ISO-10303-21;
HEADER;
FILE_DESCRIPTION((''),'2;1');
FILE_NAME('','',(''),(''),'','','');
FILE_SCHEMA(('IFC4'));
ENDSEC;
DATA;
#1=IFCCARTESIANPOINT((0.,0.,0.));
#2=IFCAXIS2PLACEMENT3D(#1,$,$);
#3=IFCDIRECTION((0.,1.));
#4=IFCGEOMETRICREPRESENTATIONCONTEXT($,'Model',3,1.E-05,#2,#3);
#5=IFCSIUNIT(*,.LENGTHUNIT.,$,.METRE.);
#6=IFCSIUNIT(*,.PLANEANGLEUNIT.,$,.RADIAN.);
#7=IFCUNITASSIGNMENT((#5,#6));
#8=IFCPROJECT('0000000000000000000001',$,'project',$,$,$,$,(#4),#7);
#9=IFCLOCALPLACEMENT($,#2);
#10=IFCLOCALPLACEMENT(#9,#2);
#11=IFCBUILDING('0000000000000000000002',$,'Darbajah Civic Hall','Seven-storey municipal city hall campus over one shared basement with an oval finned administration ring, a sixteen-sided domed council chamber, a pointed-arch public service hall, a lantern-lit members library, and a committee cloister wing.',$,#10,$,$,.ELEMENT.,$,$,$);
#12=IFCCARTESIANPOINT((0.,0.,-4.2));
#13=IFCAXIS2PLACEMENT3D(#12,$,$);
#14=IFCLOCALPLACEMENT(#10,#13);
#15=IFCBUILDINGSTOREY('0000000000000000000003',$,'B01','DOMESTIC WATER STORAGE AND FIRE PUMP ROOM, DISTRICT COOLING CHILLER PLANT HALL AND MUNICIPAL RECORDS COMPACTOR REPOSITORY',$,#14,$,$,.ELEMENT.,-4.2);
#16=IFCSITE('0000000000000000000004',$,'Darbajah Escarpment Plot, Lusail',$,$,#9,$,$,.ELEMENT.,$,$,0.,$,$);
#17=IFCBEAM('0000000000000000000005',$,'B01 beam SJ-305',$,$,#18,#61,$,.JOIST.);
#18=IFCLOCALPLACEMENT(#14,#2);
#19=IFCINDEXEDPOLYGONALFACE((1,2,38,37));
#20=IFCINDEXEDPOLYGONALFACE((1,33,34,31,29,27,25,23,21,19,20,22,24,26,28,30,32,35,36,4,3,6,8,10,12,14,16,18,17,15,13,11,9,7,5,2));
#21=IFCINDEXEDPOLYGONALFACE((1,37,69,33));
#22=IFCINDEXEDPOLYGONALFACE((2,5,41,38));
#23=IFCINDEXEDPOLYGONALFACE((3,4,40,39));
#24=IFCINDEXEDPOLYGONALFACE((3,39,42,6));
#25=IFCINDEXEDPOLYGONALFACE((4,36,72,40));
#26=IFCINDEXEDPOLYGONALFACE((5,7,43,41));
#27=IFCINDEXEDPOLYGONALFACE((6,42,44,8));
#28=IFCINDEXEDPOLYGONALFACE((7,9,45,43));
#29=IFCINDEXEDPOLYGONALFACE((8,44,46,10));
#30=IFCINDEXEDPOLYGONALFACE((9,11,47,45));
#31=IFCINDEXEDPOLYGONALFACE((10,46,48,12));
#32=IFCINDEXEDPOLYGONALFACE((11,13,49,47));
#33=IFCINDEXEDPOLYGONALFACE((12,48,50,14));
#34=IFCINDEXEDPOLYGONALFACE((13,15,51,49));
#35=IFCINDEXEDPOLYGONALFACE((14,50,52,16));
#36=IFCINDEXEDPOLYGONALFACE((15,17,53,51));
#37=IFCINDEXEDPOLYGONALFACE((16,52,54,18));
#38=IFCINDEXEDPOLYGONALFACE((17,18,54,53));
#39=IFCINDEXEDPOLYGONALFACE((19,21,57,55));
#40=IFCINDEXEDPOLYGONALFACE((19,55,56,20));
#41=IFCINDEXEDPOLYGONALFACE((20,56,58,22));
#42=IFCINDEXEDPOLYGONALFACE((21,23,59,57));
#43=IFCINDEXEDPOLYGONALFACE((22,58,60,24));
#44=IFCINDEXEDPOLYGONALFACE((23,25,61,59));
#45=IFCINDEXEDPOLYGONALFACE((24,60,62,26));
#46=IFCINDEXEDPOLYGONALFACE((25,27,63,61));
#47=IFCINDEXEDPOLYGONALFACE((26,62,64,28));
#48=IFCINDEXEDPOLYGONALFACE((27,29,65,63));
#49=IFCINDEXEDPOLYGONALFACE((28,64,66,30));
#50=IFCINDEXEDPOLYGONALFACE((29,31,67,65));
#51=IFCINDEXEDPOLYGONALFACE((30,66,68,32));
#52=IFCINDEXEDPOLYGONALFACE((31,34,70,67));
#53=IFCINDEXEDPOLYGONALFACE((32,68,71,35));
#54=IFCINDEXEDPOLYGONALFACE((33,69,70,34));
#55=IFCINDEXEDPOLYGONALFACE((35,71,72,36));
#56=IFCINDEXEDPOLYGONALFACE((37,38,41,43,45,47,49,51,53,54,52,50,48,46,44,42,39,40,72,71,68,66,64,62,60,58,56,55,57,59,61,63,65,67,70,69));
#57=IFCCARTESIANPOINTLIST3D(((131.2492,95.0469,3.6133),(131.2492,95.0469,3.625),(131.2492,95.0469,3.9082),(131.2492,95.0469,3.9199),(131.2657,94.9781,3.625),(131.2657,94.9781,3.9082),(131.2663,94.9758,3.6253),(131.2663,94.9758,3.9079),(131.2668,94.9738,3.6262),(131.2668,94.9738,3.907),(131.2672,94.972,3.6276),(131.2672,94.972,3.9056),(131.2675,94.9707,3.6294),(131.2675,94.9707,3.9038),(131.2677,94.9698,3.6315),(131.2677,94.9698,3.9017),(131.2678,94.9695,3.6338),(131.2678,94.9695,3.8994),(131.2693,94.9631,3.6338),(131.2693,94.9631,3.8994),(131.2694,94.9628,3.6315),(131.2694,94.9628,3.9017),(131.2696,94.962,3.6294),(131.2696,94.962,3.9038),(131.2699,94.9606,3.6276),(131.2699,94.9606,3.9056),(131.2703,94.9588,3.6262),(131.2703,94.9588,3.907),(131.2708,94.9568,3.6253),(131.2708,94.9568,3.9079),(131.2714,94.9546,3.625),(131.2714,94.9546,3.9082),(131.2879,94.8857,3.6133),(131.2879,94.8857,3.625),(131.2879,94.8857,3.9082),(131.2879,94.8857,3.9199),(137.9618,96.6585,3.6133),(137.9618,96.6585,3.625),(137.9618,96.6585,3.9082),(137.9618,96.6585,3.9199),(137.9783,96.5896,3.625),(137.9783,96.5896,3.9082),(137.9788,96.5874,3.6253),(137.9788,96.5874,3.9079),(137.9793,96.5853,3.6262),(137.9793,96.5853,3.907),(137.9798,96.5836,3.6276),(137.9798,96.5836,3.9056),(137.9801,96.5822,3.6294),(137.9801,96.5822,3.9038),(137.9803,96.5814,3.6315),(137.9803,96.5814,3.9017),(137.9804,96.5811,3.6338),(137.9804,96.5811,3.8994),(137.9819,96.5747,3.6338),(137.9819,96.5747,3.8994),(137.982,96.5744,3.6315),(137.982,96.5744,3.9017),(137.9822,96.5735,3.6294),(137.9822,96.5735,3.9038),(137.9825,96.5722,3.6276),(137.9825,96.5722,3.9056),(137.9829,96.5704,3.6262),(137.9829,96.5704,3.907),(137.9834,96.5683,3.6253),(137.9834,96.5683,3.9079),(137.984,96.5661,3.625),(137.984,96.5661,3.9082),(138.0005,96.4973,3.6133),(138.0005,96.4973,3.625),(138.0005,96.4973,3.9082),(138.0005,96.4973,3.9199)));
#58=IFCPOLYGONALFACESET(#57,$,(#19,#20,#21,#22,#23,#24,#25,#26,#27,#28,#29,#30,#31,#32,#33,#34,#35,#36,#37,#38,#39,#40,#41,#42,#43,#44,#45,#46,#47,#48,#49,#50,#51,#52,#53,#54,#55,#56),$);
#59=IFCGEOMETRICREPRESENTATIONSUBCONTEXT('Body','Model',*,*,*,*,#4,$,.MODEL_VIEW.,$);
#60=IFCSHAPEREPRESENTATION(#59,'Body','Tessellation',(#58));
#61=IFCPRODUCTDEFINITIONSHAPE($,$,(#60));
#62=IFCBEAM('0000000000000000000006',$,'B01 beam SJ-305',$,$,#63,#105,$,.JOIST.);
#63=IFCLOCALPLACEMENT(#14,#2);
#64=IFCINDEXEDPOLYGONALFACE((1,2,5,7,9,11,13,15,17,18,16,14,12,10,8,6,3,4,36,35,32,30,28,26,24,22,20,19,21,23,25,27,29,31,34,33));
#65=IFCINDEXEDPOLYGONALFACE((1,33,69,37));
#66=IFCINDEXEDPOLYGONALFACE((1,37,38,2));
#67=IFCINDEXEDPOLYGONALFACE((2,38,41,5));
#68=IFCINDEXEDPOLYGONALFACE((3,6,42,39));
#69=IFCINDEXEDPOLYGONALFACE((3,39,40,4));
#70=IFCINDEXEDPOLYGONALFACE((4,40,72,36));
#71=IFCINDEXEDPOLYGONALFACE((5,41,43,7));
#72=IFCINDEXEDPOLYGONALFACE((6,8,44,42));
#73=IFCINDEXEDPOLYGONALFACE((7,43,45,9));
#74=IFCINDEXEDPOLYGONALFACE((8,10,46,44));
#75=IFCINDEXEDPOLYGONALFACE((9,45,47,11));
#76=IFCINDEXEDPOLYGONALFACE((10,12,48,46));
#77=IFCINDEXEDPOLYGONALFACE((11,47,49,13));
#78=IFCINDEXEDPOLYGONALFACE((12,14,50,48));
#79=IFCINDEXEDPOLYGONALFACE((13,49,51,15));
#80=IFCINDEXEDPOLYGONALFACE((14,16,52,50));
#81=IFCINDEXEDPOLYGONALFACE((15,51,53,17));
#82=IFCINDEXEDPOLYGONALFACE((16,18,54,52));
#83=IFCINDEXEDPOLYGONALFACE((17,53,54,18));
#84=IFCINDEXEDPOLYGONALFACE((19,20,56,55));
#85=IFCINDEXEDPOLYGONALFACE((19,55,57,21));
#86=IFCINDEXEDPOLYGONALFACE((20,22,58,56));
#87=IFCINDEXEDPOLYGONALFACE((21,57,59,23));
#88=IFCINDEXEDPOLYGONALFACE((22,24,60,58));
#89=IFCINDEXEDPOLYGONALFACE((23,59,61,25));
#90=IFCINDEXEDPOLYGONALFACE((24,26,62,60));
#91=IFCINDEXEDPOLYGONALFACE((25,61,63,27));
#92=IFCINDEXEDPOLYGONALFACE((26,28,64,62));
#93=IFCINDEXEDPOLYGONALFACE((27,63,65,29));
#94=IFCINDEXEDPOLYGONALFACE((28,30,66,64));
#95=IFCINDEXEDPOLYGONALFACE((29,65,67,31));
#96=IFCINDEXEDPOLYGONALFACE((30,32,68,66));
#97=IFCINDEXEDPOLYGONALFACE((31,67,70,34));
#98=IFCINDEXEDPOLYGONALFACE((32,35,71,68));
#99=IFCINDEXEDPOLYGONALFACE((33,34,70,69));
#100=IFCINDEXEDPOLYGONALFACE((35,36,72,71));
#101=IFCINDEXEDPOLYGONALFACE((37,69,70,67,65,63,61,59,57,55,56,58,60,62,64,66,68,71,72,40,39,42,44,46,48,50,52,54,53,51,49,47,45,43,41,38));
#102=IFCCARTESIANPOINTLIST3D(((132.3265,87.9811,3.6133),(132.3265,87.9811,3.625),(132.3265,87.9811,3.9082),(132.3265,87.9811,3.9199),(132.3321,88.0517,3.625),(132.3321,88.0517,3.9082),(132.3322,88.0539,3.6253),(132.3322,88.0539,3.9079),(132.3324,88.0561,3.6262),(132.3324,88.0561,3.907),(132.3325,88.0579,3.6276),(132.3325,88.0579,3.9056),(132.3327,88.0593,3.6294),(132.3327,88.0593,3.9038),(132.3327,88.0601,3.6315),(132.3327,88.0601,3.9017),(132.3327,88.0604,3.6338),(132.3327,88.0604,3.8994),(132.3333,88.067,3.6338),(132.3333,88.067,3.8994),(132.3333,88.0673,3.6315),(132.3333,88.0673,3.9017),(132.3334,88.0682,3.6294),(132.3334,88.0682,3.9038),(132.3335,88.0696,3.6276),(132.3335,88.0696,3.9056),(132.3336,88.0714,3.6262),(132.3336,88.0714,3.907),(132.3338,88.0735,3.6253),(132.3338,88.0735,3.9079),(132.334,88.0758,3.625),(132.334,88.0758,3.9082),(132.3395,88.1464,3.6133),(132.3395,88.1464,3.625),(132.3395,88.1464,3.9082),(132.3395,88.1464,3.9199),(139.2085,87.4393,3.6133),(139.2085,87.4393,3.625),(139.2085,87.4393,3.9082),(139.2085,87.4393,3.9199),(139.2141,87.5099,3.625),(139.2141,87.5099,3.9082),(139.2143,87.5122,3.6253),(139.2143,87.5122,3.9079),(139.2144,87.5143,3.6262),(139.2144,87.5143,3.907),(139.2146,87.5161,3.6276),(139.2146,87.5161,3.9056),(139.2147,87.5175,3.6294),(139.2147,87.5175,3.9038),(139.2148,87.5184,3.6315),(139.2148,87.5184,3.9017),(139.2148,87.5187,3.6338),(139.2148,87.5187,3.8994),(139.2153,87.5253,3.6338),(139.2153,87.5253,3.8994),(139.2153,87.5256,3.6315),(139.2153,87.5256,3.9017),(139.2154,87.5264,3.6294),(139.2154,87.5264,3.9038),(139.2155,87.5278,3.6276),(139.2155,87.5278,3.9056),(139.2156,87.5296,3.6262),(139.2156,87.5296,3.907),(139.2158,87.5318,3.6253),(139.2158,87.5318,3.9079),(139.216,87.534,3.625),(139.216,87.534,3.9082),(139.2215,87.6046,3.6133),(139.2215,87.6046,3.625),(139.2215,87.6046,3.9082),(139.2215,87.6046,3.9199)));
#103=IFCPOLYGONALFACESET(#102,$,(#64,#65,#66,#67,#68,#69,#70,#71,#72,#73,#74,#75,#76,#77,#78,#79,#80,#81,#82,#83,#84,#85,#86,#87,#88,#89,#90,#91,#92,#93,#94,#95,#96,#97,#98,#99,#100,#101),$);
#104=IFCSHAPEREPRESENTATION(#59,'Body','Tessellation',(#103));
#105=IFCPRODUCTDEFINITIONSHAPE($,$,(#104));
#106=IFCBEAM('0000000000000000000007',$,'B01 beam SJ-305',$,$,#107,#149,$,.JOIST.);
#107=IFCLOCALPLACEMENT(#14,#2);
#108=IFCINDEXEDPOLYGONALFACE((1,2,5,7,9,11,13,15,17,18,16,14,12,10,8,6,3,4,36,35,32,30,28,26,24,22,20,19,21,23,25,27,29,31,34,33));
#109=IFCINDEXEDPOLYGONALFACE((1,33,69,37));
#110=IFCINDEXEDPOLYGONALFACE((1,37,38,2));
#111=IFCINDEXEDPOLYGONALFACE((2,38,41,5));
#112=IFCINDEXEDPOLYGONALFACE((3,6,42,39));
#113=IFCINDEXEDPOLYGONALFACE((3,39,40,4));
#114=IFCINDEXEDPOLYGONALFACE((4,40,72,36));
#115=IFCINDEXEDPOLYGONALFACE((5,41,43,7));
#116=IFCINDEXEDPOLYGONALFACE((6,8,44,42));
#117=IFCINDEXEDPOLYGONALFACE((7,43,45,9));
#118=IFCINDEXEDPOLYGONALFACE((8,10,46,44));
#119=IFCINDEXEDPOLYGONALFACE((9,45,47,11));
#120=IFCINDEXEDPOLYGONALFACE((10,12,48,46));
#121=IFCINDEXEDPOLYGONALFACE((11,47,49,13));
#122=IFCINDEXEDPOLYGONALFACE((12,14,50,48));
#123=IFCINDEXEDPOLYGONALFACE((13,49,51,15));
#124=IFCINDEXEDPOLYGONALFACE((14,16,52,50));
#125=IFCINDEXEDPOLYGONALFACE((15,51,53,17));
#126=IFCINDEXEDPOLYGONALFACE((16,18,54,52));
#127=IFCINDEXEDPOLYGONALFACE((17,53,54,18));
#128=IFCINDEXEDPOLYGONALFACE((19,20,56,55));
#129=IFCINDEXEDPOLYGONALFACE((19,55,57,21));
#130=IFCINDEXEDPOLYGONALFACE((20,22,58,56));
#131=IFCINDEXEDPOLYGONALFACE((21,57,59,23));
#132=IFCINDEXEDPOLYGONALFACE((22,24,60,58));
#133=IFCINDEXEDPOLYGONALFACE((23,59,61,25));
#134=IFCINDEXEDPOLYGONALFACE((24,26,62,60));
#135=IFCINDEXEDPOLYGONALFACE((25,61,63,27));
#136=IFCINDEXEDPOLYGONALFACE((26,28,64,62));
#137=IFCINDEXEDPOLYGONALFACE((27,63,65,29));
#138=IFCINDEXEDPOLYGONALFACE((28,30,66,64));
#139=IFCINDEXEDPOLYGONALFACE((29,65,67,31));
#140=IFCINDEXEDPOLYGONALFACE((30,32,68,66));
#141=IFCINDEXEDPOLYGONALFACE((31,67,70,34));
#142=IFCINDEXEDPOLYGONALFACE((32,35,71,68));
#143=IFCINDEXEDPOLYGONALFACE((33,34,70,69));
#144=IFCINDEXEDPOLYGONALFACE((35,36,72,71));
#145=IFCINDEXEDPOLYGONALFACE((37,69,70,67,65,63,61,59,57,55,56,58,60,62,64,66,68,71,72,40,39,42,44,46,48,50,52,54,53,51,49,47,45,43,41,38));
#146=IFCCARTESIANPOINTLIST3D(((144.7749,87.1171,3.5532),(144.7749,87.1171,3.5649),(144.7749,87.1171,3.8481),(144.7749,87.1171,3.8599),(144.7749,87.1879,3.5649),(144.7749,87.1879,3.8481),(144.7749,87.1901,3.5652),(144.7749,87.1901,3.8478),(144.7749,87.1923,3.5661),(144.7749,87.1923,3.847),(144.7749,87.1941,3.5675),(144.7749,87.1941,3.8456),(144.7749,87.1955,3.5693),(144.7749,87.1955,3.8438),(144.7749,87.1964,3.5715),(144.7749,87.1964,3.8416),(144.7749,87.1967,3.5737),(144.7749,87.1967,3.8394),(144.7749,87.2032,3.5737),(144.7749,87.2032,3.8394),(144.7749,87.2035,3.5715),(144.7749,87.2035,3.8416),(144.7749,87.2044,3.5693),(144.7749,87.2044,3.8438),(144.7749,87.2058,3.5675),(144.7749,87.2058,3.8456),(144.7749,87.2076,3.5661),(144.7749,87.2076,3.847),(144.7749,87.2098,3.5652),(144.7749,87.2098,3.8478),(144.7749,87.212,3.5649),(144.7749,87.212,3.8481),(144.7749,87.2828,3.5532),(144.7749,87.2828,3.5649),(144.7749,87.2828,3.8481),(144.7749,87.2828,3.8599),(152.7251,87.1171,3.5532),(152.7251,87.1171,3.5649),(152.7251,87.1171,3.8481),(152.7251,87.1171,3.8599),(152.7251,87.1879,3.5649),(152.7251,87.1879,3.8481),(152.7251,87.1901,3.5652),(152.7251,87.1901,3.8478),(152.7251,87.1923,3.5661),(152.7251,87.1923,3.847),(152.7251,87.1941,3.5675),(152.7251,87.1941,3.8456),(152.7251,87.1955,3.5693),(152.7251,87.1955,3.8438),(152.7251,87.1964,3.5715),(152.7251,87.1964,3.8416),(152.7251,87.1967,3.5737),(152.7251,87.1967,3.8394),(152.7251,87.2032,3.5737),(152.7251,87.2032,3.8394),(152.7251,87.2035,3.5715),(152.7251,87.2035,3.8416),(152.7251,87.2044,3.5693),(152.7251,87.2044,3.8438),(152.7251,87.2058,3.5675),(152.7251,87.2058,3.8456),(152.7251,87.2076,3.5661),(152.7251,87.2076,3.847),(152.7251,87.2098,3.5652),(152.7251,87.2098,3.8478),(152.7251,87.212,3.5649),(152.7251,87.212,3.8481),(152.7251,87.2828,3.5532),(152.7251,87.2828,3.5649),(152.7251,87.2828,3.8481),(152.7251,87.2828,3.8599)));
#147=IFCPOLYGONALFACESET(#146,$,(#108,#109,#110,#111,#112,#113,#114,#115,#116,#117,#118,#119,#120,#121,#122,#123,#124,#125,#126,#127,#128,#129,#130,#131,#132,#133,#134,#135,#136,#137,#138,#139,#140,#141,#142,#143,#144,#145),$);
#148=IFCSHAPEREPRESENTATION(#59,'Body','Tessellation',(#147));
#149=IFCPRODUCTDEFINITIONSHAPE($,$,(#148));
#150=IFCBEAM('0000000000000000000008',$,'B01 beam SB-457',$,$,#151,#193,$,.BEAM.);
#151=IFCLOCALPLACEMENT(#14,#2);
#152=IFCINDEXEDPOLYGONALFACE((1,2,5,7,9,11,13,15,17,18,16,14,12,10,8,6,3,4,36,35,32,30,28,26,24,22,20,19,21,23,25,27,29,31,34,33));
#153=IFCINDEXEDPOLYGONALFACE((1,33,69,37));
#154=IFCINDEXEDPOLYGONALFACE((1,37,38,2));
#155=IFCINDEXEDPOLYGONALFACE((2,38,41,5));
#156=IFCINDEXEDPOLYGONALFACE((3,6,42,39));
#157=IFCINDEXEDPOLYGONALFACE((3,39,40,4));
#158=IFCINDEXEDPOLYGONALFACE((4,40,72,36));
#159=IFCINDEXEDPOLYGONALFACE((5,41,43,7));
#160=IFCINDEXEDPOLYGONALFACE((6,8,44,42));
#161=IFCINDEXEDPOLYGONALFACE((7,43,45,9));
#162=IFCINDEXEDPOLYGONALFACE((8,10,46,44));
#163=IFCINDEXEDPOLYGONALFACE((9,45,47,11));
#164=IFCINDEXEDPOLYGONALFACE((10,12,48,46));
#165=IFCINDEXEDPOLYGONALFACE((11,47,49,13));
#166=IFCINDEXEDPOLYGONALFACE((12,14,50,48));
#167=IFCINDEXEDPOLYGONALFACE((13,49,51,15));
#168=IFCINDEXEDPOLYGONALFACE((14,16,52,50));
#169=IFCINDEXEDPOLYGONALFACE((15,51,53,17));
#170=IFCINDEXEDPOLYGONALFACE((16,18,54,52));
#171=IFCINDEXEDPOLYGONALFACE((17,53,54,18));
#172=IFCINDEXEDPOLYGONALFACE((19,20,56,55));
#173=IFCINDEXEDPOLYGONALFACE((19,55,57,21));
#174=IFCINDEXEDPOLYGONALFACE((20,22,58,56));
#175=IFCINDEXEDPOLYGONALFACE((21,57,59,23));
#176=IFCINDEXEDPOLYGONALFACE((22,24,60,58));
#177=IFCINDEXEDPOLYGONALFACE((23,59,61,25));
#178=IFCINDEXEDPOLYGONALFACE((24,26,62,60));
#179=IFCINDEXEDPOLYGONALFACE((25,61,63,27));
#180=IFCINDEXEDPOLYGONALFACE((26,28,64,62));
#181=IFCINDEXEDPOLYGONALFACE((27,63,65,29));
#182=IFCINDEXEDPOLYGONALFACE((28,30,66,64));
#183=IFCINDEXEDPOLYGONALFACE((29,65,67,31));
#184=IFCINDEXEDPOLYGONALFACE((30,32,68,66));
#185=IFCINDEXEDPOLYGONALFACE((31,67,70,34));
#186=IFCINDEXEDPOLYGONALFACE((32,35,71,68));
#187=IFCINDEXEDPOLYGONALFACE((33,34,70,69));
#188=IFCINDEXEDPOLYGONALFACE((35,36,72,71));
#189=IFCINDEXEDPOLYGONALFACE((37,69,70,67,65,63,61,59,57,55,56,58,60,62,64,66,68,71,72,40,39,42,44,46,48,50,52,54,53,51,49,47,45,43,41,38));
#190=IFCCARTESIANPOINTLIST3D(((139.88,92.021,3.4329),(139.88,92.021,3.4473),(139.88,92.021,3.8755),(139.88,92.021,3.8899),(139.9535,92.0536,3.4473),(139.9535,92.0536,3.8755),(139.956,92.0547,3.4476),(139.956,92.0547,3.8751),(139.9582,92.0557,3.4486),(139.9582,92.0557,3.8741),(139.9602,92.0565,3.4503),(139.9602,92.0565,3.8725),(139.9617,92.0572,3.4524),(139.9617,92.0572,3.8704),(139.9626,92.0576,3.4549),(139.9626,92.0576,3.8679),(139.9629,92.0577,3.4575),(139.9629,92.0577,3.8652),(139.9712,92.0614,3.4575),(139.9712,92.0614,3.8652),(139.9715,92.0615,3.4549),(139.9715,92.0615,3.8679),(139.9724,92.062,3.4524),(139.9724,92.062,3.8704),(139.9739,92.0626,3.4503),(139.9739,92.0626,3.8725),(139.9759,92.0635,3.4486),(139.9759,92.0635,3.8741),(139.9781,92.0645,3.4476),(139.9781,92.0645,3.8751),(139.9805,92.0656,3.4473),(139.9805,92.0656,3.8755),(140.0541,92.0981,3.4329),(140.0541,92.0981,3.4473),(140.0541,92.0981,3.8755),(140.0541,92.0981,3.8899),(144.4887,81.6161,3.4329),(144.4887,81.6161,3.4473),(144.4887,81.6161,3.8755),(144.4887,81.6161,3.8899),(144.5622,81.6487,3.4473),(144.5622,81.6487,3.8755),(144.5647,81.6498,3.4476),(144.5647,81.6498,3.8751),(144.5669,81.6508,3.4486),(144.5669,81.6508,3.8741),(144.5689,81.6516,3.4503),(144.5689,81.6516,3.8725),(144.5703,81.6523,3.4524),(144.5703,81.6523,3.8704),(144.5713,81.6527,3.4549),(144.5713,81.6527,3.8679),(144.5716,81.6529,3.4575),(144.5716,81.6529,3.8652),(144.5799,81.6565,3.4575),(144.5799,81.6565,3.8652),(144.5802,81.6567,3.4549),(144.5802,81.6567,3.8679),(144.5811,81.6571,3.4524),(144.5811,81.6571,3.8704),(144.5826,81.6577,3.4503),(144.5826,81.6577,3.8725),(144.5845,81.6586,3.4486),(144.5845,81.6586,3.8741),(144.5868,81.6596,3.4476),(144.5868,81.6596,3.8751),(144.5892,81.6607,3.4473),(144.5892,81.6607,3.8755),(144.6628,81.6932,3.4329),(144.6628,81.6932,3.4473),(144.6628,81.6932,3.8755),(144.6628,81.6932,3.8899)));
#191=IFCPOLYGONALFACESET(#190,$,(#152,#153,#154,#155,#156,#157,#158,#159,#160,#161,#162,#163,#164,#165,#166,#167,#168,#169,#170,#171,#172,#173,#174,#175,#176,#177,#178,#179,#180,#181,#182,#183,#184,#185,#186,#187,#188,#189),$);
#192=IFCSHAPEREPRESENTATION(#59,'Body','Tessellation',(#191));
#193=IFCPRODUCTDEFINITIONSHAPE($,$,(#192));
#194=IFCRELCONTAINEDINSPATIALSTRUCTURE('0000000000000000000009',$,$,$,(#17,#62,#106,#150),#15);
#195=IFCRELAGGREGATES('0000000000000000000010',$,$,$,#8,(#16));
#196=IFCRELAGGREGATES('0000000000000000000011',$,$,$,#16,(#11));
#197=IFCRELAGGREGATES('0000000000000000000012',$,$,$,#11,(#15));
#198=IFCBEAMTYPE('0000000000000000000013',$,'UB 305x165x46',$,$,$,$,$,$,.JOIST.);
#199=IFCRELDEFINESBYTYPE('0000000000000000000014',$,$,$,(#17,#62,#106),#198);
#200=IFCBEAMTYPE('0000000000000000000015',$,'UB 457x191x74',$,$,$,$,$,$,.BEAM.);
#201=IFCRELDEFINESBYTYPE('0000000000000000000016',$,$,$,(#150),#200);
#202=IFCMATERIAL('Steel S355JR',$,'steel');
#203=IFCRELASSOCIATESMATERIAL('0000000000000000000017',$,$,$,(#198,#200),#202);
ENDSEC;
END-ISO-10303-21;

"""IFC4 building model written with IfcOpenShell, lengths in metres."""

from ifc_helpers import new_model, si_unit, direction, frame, origin, origin_2d, place, context, subcontext, project, spatial, i_section, extrude, material, material_profile, profile_set, type_object, element, save


model = new_model("IFC4")

# Units and contexts
model_context = context("Model", 3, precision=1e-05, world=origin(), true_north=direction((0.0, 1.0)))
body_context = subcontext(model_context, "Body", "Model", "MODEL_VIEW")
ifc_project = project(units=[si_unit("LENGTHUNIT", "METRE"), si_unit("PLANEANGLEUNIT", "RADIAN")], contexts=[model_context])

# Site, building, storey
site_placement = place(None, origin())
site = spatial("IfcSite", under=ifc_project, at=site_placement, Name="Darbajah Escarpment Plot, Lusail", CompositionType="ELEMENT", RefElevation=0.0)
building_placement = place(site_placement, origin())
building = spatial("IfcBuilding", under=site, at=building_placement, Name="Darbajah Civic Hall", Description="Seven-storey municipal city hall campus over one shared basement with an oval finned administration ring, a sixteen-sided domed council chamber, a pointed-arch public service hall, a lantern-lit members library, and a committee cloister wing.", CompositionType="ELEMENT")
storey_placement = place(building_placement, frame((0.0, 0.0, -4.2)))
storey = spatial("IfcBuildingStorey", under=building, at=storey_placement, Name="B01", Description="DOMESTIC WATER STORAGE AND FIRE PUMP ROOM, DISTRICT COOLING CHILLER PLANT HALL AND MUNICIPAL RECORDS COMPACTOR REPOSITORY", CompositionType="ELEMENT", Elevation=-4.2)

# Beams
ifc_material_1 = material(Name="Steel S355JR", Category="steel")
ifc_material_profile_1 = material_profile(ifc_material_1, i_section(OverallWidth=0.1658, OverallDepth=0.3066, WebThickness=0.0066, FlangeThickness=0.0117, FilletRadius=0.0088, at=origin_2d()), Name="UB 305x165x46")
ifc_profile_set_1 = profile_set([ifc_material_profile_1], Name="Steel S355JR")
beam_type_1 = type_object("IfcBeamType", Name="UB 305x165x46", PredefinedType="JOIST", material=ifc_profile_set_1)
for number, where, z_axis, x_axis, name in (
    (1, (131.2686, 94.9663, 3.7666), (0.97237, 0.233447, 0.0), (-0.233447, 0.97237, 0.0), "B01 beam SJ-305"),
    (2, (132.333, 88.0637, 3.7666), (0.996916, -0.078476, 0.0), (0.078476, 0.996916, 0.0), "B01 beam SJ-305"),
):
    element("IfcBeam", number, at=place(storey_placement, frame(where, z_axis=z_axis, x_axis=x_axis)), inside=storey, type_object=beam_type_1, Name=name, PredefinedType="JOIST", context=body_context, shape_type="SweptSolid", body=[
        extrude(i_section(OverallWidth=0.1658, OverallDepth=0.3066, WebThickness=0.0066, FlangeThickness=0.0117, FilletRadius=0.0088, at=origin_2d()), origin(), (0.0, 0.0, 1.0), 6.9033),
    ])
beam_1_placement = place(storey_placement, frame((144.7749, 87.2, 3.7065), z_axis=(1.0, 0.0, 0.0), x_axis=(0.0, 1.0, 0.0)))
element("IfcBeam", 3, at=beam_1_placement, inside=storey, type_object=beam_type_1, Name="B01 beam SJ-305", PredefinedType="JOIST", context=body_context, shape_type="SweptSolid", body=[
    extrude(i_section(OverallWidth=0.1658, OverallDepth=0.3066, WebThickness=0.0066, FlangeThickness=0.0117, FilletRadius=0.0088, at=origin_2d()), origin(), (0.0, 0.0, 1.0), 7.9502),
])
ifc_material_profile_2 = material_profile(ifc_material_1, i_section(OverallWidth=0.1904, OverallDepth=0.457, WebThickness=0.009, FlangeThickness=0.0144, FilletRadius=0.0103, at=origin_2d()), Name="UB 457x191x74")
ifc_profile_set_2 = profile_set([ifc_material_profile_2], Name="Steel S355JR")
beam_type_2 = type_object("IfcBeamType", Name="UB 457x191x74", PredefinedType="BEAM", material=ifc_profile_set_2)
beam_2_placement = place(storey_placement, frame((139.967, 92.0596, 3.6614), z_axis=(0.404986, -0.914323, 0.0), x_axis=(0.914323, 0.404986, 0.0)))
element("IfcBeam", 4, at=beam_2_placement, inside=storey, type_object=beam_type_2, Name="B01 beam SB-457", PredefinedType="BEAM", context=body_context, shape_type="SweptSolid", body=[
    extrude(i_section(OverallWidth=0.1904, OverallDepth=0.457, WebThickness=0.009, FlangeThickness=0.0144, FilletRadius=0.0103, at=origin_2d()), origin(), (0.0, 0.0, 1.0), 11.3799),
])

save(model, "model.ifc")
